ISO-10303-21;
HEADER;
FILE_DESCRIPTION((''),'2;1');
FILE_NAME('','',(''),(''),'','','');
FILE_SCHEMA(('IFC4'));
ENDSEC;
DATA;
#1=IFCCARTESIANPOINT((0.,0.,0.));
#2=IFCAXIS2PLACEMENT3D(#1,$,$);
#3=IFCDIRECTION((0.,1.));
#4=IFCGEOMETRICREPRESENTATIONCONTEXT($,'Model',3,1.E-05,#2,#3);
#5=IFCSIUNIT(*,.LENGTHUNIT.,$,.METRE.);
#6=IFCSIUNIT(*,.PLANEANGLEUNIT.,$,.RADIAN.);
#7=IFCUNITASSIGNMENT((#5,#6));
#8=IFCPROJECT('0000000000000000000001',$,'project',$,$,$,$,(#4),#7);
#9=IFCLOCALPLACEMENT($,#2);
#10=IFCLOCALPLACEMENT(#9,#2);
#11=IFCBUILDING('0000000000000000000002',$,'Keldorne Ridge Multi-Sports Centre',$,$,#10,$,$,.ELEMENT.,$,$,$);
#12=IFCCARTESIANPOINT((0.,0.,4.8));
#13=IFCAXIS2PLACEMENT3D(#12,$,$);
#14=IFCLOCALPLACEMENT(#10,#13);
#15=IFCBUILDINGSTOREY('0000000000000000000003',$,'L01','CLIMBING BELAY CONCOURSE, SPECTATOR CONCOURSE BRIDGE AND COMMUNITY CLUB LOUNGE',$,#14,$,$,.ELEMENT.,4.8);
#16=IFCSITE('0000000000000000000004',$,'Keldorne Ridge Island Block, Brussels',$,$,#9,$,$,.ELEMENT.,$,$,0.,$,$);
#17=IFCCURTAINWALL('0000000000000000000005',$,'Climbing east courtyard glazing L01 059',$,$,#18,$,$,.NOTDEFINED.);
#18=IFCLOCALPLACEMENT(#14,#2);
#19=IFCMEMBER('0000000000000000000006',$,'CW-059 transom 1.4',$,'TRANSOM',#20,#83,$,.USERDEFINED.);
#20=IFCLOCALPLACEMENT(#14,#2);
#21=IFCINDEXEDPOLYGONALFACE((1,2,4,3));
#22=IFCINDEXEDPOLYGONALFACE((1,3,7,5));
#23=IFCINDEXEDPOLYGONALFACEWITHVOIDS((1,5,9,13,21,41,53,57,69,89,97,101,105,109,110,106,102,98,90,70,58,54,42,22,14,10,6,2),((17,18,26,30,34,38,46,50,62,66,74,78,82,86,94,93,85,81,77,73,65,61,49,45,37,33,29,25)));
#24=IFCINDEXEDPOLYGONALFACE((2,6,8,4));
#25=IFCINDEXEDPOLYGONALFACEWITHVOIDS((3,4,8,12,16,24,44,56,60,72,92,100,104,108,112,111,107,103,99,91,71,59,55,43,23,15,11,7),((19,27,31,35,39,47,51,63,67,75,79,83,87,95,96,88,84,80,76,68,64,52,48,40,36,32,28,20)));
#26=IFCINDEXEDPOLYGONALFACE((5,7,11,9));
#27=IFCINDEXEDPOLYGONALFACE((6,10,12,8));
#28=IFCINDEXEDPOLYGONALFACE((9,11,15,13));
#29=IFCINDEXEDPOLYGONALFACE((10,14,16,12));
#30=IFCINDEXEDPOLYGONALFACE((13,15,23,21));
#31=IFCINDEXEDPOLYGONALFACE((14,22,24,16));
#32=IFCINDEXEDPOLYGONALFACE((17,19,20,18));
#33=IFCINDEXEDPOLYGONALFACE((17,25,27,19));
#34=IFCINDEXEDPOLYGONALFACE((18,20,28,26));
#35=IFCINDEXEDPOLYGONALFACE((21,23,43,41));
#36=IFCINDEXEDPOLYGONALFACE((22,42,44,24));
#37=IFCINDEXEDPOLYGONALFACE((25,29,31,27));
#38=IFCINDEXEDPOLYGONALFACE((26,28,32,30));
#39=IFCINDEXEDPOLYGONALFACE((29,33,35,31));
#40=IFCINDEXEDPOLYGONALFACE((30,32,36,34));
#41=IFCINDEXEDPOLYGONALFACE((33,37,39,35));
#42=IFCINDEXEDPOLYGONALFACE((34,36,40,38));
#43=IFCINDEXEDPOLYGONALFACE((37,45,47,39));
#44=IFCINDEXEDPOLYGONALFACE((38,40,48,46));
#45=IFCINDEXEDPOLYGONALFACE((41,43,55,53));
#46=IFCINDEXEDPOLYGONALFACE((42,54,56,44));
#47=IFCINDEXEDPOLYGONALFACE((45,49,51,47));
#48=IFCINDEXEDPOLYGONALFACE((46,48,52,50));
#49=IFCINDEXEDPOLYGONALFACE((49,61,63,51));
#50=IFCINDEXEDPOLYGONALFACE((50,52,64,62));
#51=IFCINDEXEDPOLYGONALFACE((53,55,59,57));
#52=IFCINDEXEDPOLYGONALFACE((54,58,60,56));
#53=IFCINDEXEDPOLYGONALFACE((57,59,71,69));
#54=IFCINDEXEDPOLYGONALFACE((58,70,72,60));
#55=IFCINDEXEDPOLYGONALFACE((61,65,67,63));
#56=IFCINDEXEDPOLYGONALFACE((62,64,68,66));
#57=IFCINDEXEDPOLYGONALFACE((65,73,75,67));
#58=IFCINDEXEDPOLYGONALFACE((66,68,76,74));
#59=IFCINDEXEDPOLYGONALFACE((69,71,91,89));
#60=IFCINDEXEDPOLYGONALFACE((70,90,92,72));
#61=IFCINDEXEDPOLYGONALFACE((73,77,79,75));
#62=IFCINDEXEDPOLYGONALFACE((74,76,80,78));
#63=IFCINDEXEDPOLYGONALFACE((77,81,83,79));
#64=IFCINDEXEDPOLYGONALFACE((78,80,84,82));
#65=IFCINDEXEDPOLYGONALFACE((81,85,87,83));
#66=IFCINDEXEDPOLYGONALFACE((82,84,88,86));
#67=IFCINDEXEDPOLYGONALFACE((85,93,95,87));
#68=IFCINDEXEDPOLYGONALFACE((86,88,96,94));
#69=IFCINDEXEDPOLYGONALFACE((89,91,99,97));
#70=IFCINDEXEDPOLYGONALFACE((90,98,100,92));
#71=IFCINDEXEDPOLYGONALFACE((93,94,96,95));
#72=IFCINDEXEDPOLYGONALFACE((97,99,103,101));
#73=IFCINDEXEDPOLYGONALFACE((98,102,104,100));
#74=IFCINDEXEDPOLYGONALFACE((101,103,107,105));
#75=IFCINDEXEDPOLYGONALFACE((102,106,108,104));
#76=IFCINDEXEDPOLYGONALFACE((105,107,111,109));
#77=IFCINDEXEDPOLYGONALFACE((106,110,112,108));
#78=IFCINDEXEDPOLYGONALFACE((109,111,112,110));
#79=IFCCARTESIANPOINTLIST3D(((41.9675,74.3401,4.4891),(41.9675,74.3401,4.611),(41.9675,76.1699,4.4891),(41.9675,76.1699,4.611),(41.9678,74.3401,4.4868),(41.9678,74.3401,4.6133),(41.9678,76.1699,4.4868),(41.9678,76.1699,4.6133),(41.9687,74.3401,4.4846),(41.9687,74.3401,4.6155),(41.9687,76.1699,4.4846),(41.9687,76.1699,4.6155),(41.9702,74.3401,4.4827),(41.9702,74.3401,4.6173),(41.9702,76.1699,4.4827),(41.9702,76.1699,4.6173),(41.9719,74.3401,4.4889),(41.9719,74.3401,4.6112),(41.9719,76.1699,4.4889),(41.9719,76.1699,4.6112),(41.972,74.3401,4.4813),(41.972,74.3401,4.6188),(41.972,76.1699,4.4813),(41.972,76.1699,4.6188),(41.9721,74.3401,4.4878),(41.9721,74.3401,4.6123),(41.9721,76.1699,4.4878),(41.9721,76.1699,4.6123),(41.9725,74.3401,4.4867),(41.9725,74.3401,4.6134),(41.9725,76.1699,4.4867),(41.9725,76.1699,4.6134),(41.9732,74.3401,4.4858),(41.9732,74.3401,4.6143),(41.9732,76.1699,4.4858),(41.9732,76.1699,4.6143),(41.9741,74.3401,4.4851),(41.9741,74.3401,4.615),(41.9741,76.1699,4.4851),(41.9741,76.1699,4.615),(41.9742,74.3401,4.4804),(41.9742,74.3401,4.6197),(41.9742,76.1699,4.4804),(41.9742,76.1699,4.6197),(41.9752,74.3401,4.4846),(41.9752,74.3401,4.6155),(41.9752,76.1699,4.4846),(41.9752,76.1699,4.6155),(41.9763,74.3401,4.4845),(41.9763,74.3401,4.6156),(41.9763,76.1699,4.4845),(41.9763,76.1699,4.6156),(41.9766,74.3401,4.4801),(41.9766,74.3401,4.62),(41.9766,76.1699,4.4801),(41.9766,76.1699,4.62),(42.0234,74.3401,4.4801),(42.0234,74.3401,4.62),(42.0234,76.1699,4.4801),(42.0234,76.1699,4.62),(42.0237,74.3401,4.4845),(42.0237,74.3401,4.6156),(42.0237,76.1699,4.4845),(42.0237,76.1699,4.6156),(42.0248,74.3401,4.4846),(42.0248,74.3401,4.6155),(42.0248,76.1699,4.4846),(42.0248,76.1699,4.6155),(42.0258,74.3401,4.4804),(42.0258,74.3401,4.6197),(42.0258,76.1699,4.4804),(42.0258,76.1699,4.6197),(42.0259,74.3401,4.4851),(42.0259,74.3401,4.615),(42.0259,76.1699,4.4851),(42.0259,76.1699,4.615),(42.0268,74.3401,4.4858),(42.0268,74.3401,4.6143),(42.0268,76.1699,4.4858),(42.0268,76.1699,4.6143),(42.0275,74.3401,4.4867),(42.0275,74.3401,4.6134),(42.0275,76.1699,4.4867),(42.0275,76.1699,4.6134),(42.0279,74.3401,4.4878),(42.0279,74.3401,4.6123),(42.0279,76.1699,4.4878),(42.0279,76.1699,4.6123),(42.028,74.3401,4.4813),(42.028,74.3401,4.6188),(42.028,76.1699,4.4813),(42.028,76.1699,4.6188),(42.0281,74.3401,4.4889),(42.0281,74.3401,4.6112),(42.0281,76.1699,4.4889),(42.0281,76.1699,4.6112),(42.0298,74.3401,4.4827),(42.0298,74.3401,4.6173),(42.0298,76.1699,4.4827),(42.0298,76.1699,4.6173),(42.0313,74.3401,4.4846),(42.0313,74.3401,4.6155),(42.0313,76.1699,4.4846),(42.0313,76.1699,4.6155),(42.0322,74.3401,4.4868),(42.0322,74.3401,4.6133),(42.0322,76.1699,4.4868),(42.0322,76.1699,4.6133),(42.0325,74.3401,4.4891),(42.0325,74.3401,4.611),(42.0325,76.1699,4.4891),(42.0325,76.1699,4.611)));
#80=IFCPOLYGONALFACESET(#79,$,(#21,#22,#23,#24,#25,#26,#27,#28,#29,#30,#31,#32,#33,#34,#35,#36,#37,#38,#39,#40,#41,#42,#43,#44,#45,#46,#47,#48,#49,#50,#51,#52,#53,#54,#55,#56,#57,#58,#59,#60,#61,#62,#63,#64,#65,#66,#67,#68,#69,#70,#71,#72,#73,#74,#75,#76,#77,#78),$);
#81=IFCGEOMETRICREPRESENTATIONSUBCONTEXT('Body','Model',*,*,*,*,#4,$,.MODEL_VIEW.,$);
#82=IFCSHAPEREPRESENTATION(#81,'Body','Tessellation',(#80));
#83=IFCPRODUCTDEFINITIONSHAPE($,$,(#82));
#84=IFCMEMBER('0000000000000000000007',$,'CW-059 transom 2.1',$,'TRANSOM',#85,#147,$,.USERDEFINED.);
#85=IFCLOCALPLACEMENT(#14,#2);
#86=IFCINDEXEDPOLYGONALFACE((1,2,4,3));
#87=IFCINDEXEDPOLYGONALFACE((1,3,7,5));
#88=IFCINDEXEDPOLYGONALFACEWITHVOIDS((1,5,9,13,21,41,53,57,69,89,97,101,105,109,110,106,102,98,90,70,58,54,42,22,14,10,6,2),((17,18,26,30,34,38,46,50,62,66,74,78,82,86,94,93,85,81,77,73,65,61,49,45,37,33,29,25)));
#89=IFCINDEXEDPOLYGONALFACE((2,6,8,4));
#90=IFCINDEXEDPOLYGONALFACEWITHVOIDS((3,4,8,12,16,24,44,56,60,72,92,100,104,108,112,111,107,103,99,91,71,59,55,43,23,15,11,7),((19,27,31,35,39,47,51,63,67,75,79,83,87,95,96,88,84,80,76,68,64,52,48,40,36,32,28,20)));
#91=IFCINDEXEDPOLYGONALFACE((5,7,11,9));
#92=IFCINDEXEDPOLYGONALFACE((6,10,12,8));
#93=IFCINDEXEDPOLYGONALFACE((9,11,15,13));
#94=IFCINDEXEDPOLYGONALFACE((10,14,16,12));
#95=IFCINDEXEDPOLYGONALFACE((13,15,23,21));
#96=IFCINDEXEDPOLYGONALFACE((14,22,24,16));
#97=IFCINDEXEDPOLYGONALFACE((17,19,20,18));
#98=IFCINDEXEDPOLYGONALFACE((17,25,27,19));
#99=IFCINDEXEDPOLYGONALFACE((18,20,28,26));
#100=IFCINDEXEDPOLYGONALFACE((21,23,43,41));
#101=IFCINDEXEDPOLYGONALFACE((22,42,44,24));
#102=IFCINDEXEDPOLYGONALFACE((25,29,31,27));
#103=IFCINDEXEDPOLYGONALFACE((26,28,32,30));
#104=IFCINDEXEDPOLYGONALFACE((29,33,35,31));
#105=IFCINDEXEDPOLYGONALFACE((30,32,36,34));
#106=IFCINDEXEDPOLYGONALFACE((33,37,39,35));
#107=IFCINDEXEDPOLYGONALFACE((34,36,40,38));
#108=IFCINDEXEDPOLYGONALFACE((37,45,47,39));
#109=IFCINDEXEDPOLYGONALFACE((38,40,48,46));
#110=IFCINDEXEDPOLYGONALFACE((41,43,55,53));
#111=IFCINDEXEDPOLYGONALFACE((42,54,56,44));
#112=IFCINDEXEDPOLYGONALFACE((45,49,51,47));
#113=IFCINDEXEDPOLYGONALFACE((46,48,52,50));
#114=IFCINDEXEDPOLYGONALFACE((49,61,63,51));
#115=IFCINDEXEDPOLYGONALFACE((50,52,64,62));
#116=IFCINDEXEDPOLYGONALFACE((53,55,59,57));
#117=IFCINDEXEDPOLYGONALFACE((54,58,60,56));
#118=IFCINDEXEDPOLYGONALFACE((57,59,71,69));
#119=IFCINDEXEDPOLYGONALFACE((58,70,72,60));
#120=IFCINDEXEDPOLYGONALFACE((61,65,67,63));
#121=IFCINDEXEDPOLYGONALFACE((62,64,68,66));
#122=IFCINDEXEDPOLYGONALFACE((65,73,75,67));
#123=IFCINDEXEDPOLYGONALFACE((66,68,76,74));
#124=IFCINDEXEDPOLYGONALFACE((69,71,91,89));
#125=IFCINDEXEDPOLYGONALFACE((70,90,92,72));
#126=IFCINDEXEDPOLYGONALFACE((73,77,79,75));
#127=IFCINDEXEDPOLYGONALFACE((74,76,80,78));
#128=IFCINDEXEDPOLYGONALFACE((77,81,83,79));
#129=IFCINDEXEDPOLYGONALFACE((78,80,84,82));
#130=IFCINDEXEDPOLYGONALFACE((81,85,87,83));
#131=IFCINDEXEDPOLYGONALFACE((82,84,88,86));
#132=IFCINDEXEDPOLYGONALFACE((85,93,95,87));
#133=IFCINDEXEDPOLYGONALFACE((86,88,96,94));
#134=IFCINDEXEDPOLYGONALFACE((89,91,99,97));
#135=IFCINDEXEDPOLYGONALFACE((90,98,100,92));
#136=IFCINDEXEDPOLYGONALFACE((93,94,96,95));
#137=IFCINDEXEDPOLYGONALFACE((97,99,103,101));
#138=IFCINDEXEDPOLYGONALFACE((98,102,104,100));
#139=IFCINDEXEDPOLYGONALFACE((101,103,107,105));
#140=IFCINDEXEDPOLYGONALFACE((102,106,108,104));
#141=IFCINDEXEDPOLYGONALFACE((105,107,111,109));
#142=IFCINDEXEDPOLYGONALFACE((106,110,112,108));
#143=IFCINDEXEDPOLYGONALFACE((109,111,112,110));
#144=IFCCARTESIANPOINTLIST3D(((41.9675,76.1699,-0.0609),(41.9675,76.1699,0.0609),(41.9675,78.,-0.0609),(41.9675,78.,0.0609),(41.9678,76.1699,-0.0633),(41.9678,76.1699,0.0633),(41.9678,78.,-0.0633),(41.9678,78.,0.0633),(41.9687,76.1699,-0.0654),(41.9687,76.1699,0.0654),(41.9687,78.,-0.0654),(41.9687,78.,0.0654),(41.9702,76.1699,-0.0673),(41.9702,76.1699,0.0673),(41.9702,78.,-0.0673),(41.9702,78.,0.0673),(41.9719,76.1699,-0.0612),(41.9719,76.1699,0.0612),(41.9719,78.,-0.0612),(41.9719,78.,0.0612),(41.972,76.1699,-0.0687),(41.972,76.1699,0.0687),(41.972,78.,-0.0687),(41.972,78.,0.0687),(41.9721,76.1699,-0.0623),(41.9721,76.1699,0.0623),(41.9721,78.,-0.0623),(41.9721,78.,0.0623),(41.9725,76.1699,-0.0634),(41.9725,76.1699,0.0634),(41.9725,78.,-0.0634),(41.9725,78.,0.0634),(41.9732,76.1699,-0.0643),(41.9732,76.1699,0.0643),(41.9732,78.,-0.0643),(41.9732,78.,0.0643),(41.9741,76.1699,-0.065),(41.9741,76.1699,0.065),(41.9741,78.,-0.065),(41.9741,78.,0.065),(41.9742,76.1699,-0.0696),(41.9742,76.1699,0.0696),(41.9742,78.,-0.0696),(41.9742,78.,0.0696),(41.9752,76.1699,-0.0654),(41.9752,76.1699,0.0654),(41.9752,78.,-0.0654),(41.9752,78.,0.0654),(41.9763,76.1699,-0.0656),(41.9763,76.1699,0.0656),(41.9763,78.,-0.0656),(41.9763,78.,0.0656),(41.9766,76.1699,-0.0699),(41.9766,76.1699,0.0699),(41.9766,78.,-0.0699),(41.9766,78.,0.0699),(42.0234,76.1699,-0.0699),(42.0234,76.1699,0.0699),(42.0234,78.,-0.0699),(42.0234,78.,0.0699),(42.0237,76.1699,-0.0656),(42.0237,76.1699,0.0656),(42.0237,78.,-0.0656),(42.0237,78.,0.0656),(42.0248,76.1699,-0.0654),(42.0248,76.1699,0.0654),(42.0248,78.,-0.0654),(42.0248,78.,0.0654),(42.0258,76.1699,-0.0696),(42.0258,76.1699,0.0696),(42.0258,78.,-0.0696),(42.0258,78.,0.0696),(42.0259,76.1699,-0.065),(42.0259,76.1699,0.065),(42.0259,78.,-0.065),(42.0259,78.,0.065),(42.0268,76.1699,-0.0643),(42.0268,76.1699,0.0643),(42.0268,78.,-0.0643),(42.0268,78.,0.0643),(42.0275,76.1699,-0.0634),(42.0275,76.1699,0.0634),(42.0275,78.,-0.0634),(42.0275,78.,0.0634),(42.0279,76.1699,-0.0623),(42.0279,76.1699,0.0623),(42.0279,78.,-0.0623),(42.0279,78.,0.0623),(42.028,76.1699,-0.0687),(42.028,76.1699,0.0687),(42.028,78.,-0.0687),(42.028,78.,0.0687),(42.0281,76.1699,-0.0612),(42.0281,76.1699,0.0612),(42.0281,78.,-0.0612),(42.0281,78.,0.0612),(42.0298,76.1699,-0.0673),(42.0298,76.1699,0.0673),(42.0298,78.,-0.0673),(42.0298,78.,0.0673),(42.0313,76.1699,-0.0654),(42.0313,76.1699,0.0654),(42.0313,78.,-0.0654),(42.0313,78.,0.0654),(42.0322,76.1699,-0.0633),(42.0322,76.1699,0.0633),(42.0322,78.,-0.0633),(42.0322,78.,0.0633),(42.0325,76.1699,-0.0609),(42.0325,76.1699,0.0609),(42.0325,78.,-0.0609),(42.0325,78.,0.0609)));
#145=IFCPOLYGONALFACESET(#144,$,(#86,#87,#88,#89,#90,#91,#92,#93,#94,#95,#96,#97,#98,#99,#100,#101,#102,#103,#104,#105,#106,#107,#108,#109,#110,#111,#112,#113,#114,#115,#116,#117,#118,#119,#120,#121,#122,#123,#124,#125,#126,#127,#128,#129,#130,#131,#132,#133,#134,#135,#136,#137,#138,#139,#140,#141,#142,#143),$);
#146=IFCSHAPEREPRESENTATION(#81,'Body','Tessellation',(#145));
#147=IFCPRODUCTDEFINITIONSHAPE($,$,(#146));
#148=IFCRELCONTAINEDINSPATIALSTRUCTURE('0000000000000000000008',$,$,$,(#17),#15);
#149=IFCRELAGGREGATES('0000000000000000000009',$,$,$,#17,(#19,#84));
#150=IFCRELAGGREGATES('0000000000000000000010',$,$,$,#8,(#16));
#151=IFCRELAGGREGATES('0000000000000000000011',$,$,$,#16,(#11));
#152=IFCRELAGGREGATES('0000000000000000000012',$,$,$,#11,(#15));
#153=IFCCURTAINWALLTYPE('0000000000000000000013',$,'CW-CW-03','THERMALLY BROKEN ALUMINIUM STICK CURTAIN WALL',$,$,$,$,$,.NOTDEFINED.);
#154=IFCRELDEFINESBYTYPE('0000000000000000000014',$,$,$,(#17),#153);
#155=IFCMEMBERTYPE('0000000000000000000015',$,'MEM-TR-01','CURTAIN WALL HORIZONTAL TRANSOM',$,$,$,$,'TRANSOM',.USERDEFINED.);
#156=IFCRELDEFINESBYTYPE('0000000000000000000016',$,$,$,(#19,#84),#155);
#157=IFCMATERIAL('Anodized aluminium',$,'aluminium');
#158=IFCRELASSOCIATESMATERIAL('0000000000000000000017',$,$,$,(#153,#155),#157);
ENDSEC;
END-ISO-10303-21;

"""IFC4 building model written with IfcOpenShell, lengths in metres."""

from ifc_helpers import new_model, si_unit, direction, frame, origin, origin_2d, place, context, subcontext, project, spatial, hollow_rectangle, extrude, material, material_profile, profile_set, type_object, element, aggregate, save


model = new_model("IFC4")

# Units and contexts
model_context = context("Model", 3, precision=1e-05, world=origin(), true_north=direction((0.0, 1.0)))
body_context = subcontext(model_context, "Body", "Model", "MODEL_VIEW")
ifc_project = project(units=[si_unit("LENGTHUNIT", "METRE"), si_unit("PLANEANGLEUNIT", "RADIAN")], contexts=[model_context])

# Site, building, storey
site_placement = place(None, origin())
site = spatial("IfcSite", under=ifc_project, at=site_placement, Name="Keldorne Ridge Island Block, Brussels", CompositionType="ELEMENT", RefElevation=0.0)
building_placement = place(site_placement, origin())
building = spatial("IfcBuilding", under=site, at=building_placement, Name="Keldorne Ridge Multi-Sports Centre", CompositionType="ELEMENT")
storey_placement = place(building_placement, frame((0.0, 0.0, 4.8)))
storey = spatial("IfcBuildingStorey", under=building, at=storey_placement, Name="L01", Description="CLIMBING BELAY CONCOURSE, SPECTATOR CONCOURSE BRIDGE AND COMMUNITY CLUB LOUNGE", CompositionType="ELEMENT", Elevation=4.8)

# Curtain wall
ifc_material_1 = material(Name="Anodized aluminium", Category="aluminium")
curtain_wall_type_1 = type_object("IfcCurtainWallType", Name="CW-CW-03", Description="THERMALLY BROKEN ALUMINIUM STICK CURTAIN WALL", PredefinedType="NOTDEFINED", material=ifc_material_1)
curtain_wall_1_placement = place(storey_placement, origin())
curtain_wall_1 = element("IfcCurtainWall", 1, at=curtain_wall_1_placement, inside=storey, type_object=curtain_wall_type_1, Name="Climbing east courtyard glazing L01 059", PredefinedType="NOTDEFINED")
ifc_material_profile_1 = material_profile(ifc_material_1, hollow_rectangle(XDim=0.0649, YDim=0.1399, WallThickness=0.0044, InnerFilletRadius=0.0044, OuterFilletRadius=0.009, at=origin_2d()), Name="ALU TRANSOM 140x65x4.5")
ifc_profile_set_1 = profile_set([ifc_material_profile_1], Name="Anodized aluminium")
member_type_1 = type_object("IfcMemberType", Name="MEM-TR-01", Description="CURTAIN WALL HORIZONTAL TRANSOM", ElementType="TRANSOM", PredefinedType="USERDEFINED", material=ifc_profile_set_1)

# Members
member_1_placement = place(storey_placement, frame((42.0, 74.3401, 4.55), z_axis=(0.0, 1.0, 0.0), x_axis=(-1.0, 0.0, 0.0)))
member_1 = element("IfcMember", 2, at=member_1_placement, type_object=member_type_1, Name="CW-059 transom 1.4", ObjectType="TRANSOM", PredefinedType="USERDEFINED", context=body_context, shape_type="SweptSolid", body=[
    extrude(hollow_rectangle(XDim=0.0649, YDim=0.1399, WallThickness=0.0044, InnerFilletRadius=0.0044, OuterFilletRadius=0.009, at=origin_2d()), origin(), (0.0, 0.0, 1.0), 1.8298),
])
member_2_placement = place(storey_placement, frame((42.0, 76.1699, 0.0), z_axis=(0.0, 1.0, 0.0), x_axis=(-1.0, 0.0, 0.0)))
member_2 = element("IfcMember", 3, at=member_2_placement, type_object=member_type_1, Name="CW-059 transom 2.1", ObjectType="TRANSOM", PredefinedType="USERDEFINED", context=body_context, shape_type="SweptSolid", body=[
    extrude(hollow_rectangle(XDim=0.0649, YDim=0.1399, WallThickness=0.0044, InnerFilletRadius=0.0044, OuterFilletRadius=0.009, at=origin_2d()), origin(), (0.0, 0.0, 1.0), 1.8301),
])

aggregate(curtain_wall_1, [member_1, member_2])

save(model, "model.ifc")
